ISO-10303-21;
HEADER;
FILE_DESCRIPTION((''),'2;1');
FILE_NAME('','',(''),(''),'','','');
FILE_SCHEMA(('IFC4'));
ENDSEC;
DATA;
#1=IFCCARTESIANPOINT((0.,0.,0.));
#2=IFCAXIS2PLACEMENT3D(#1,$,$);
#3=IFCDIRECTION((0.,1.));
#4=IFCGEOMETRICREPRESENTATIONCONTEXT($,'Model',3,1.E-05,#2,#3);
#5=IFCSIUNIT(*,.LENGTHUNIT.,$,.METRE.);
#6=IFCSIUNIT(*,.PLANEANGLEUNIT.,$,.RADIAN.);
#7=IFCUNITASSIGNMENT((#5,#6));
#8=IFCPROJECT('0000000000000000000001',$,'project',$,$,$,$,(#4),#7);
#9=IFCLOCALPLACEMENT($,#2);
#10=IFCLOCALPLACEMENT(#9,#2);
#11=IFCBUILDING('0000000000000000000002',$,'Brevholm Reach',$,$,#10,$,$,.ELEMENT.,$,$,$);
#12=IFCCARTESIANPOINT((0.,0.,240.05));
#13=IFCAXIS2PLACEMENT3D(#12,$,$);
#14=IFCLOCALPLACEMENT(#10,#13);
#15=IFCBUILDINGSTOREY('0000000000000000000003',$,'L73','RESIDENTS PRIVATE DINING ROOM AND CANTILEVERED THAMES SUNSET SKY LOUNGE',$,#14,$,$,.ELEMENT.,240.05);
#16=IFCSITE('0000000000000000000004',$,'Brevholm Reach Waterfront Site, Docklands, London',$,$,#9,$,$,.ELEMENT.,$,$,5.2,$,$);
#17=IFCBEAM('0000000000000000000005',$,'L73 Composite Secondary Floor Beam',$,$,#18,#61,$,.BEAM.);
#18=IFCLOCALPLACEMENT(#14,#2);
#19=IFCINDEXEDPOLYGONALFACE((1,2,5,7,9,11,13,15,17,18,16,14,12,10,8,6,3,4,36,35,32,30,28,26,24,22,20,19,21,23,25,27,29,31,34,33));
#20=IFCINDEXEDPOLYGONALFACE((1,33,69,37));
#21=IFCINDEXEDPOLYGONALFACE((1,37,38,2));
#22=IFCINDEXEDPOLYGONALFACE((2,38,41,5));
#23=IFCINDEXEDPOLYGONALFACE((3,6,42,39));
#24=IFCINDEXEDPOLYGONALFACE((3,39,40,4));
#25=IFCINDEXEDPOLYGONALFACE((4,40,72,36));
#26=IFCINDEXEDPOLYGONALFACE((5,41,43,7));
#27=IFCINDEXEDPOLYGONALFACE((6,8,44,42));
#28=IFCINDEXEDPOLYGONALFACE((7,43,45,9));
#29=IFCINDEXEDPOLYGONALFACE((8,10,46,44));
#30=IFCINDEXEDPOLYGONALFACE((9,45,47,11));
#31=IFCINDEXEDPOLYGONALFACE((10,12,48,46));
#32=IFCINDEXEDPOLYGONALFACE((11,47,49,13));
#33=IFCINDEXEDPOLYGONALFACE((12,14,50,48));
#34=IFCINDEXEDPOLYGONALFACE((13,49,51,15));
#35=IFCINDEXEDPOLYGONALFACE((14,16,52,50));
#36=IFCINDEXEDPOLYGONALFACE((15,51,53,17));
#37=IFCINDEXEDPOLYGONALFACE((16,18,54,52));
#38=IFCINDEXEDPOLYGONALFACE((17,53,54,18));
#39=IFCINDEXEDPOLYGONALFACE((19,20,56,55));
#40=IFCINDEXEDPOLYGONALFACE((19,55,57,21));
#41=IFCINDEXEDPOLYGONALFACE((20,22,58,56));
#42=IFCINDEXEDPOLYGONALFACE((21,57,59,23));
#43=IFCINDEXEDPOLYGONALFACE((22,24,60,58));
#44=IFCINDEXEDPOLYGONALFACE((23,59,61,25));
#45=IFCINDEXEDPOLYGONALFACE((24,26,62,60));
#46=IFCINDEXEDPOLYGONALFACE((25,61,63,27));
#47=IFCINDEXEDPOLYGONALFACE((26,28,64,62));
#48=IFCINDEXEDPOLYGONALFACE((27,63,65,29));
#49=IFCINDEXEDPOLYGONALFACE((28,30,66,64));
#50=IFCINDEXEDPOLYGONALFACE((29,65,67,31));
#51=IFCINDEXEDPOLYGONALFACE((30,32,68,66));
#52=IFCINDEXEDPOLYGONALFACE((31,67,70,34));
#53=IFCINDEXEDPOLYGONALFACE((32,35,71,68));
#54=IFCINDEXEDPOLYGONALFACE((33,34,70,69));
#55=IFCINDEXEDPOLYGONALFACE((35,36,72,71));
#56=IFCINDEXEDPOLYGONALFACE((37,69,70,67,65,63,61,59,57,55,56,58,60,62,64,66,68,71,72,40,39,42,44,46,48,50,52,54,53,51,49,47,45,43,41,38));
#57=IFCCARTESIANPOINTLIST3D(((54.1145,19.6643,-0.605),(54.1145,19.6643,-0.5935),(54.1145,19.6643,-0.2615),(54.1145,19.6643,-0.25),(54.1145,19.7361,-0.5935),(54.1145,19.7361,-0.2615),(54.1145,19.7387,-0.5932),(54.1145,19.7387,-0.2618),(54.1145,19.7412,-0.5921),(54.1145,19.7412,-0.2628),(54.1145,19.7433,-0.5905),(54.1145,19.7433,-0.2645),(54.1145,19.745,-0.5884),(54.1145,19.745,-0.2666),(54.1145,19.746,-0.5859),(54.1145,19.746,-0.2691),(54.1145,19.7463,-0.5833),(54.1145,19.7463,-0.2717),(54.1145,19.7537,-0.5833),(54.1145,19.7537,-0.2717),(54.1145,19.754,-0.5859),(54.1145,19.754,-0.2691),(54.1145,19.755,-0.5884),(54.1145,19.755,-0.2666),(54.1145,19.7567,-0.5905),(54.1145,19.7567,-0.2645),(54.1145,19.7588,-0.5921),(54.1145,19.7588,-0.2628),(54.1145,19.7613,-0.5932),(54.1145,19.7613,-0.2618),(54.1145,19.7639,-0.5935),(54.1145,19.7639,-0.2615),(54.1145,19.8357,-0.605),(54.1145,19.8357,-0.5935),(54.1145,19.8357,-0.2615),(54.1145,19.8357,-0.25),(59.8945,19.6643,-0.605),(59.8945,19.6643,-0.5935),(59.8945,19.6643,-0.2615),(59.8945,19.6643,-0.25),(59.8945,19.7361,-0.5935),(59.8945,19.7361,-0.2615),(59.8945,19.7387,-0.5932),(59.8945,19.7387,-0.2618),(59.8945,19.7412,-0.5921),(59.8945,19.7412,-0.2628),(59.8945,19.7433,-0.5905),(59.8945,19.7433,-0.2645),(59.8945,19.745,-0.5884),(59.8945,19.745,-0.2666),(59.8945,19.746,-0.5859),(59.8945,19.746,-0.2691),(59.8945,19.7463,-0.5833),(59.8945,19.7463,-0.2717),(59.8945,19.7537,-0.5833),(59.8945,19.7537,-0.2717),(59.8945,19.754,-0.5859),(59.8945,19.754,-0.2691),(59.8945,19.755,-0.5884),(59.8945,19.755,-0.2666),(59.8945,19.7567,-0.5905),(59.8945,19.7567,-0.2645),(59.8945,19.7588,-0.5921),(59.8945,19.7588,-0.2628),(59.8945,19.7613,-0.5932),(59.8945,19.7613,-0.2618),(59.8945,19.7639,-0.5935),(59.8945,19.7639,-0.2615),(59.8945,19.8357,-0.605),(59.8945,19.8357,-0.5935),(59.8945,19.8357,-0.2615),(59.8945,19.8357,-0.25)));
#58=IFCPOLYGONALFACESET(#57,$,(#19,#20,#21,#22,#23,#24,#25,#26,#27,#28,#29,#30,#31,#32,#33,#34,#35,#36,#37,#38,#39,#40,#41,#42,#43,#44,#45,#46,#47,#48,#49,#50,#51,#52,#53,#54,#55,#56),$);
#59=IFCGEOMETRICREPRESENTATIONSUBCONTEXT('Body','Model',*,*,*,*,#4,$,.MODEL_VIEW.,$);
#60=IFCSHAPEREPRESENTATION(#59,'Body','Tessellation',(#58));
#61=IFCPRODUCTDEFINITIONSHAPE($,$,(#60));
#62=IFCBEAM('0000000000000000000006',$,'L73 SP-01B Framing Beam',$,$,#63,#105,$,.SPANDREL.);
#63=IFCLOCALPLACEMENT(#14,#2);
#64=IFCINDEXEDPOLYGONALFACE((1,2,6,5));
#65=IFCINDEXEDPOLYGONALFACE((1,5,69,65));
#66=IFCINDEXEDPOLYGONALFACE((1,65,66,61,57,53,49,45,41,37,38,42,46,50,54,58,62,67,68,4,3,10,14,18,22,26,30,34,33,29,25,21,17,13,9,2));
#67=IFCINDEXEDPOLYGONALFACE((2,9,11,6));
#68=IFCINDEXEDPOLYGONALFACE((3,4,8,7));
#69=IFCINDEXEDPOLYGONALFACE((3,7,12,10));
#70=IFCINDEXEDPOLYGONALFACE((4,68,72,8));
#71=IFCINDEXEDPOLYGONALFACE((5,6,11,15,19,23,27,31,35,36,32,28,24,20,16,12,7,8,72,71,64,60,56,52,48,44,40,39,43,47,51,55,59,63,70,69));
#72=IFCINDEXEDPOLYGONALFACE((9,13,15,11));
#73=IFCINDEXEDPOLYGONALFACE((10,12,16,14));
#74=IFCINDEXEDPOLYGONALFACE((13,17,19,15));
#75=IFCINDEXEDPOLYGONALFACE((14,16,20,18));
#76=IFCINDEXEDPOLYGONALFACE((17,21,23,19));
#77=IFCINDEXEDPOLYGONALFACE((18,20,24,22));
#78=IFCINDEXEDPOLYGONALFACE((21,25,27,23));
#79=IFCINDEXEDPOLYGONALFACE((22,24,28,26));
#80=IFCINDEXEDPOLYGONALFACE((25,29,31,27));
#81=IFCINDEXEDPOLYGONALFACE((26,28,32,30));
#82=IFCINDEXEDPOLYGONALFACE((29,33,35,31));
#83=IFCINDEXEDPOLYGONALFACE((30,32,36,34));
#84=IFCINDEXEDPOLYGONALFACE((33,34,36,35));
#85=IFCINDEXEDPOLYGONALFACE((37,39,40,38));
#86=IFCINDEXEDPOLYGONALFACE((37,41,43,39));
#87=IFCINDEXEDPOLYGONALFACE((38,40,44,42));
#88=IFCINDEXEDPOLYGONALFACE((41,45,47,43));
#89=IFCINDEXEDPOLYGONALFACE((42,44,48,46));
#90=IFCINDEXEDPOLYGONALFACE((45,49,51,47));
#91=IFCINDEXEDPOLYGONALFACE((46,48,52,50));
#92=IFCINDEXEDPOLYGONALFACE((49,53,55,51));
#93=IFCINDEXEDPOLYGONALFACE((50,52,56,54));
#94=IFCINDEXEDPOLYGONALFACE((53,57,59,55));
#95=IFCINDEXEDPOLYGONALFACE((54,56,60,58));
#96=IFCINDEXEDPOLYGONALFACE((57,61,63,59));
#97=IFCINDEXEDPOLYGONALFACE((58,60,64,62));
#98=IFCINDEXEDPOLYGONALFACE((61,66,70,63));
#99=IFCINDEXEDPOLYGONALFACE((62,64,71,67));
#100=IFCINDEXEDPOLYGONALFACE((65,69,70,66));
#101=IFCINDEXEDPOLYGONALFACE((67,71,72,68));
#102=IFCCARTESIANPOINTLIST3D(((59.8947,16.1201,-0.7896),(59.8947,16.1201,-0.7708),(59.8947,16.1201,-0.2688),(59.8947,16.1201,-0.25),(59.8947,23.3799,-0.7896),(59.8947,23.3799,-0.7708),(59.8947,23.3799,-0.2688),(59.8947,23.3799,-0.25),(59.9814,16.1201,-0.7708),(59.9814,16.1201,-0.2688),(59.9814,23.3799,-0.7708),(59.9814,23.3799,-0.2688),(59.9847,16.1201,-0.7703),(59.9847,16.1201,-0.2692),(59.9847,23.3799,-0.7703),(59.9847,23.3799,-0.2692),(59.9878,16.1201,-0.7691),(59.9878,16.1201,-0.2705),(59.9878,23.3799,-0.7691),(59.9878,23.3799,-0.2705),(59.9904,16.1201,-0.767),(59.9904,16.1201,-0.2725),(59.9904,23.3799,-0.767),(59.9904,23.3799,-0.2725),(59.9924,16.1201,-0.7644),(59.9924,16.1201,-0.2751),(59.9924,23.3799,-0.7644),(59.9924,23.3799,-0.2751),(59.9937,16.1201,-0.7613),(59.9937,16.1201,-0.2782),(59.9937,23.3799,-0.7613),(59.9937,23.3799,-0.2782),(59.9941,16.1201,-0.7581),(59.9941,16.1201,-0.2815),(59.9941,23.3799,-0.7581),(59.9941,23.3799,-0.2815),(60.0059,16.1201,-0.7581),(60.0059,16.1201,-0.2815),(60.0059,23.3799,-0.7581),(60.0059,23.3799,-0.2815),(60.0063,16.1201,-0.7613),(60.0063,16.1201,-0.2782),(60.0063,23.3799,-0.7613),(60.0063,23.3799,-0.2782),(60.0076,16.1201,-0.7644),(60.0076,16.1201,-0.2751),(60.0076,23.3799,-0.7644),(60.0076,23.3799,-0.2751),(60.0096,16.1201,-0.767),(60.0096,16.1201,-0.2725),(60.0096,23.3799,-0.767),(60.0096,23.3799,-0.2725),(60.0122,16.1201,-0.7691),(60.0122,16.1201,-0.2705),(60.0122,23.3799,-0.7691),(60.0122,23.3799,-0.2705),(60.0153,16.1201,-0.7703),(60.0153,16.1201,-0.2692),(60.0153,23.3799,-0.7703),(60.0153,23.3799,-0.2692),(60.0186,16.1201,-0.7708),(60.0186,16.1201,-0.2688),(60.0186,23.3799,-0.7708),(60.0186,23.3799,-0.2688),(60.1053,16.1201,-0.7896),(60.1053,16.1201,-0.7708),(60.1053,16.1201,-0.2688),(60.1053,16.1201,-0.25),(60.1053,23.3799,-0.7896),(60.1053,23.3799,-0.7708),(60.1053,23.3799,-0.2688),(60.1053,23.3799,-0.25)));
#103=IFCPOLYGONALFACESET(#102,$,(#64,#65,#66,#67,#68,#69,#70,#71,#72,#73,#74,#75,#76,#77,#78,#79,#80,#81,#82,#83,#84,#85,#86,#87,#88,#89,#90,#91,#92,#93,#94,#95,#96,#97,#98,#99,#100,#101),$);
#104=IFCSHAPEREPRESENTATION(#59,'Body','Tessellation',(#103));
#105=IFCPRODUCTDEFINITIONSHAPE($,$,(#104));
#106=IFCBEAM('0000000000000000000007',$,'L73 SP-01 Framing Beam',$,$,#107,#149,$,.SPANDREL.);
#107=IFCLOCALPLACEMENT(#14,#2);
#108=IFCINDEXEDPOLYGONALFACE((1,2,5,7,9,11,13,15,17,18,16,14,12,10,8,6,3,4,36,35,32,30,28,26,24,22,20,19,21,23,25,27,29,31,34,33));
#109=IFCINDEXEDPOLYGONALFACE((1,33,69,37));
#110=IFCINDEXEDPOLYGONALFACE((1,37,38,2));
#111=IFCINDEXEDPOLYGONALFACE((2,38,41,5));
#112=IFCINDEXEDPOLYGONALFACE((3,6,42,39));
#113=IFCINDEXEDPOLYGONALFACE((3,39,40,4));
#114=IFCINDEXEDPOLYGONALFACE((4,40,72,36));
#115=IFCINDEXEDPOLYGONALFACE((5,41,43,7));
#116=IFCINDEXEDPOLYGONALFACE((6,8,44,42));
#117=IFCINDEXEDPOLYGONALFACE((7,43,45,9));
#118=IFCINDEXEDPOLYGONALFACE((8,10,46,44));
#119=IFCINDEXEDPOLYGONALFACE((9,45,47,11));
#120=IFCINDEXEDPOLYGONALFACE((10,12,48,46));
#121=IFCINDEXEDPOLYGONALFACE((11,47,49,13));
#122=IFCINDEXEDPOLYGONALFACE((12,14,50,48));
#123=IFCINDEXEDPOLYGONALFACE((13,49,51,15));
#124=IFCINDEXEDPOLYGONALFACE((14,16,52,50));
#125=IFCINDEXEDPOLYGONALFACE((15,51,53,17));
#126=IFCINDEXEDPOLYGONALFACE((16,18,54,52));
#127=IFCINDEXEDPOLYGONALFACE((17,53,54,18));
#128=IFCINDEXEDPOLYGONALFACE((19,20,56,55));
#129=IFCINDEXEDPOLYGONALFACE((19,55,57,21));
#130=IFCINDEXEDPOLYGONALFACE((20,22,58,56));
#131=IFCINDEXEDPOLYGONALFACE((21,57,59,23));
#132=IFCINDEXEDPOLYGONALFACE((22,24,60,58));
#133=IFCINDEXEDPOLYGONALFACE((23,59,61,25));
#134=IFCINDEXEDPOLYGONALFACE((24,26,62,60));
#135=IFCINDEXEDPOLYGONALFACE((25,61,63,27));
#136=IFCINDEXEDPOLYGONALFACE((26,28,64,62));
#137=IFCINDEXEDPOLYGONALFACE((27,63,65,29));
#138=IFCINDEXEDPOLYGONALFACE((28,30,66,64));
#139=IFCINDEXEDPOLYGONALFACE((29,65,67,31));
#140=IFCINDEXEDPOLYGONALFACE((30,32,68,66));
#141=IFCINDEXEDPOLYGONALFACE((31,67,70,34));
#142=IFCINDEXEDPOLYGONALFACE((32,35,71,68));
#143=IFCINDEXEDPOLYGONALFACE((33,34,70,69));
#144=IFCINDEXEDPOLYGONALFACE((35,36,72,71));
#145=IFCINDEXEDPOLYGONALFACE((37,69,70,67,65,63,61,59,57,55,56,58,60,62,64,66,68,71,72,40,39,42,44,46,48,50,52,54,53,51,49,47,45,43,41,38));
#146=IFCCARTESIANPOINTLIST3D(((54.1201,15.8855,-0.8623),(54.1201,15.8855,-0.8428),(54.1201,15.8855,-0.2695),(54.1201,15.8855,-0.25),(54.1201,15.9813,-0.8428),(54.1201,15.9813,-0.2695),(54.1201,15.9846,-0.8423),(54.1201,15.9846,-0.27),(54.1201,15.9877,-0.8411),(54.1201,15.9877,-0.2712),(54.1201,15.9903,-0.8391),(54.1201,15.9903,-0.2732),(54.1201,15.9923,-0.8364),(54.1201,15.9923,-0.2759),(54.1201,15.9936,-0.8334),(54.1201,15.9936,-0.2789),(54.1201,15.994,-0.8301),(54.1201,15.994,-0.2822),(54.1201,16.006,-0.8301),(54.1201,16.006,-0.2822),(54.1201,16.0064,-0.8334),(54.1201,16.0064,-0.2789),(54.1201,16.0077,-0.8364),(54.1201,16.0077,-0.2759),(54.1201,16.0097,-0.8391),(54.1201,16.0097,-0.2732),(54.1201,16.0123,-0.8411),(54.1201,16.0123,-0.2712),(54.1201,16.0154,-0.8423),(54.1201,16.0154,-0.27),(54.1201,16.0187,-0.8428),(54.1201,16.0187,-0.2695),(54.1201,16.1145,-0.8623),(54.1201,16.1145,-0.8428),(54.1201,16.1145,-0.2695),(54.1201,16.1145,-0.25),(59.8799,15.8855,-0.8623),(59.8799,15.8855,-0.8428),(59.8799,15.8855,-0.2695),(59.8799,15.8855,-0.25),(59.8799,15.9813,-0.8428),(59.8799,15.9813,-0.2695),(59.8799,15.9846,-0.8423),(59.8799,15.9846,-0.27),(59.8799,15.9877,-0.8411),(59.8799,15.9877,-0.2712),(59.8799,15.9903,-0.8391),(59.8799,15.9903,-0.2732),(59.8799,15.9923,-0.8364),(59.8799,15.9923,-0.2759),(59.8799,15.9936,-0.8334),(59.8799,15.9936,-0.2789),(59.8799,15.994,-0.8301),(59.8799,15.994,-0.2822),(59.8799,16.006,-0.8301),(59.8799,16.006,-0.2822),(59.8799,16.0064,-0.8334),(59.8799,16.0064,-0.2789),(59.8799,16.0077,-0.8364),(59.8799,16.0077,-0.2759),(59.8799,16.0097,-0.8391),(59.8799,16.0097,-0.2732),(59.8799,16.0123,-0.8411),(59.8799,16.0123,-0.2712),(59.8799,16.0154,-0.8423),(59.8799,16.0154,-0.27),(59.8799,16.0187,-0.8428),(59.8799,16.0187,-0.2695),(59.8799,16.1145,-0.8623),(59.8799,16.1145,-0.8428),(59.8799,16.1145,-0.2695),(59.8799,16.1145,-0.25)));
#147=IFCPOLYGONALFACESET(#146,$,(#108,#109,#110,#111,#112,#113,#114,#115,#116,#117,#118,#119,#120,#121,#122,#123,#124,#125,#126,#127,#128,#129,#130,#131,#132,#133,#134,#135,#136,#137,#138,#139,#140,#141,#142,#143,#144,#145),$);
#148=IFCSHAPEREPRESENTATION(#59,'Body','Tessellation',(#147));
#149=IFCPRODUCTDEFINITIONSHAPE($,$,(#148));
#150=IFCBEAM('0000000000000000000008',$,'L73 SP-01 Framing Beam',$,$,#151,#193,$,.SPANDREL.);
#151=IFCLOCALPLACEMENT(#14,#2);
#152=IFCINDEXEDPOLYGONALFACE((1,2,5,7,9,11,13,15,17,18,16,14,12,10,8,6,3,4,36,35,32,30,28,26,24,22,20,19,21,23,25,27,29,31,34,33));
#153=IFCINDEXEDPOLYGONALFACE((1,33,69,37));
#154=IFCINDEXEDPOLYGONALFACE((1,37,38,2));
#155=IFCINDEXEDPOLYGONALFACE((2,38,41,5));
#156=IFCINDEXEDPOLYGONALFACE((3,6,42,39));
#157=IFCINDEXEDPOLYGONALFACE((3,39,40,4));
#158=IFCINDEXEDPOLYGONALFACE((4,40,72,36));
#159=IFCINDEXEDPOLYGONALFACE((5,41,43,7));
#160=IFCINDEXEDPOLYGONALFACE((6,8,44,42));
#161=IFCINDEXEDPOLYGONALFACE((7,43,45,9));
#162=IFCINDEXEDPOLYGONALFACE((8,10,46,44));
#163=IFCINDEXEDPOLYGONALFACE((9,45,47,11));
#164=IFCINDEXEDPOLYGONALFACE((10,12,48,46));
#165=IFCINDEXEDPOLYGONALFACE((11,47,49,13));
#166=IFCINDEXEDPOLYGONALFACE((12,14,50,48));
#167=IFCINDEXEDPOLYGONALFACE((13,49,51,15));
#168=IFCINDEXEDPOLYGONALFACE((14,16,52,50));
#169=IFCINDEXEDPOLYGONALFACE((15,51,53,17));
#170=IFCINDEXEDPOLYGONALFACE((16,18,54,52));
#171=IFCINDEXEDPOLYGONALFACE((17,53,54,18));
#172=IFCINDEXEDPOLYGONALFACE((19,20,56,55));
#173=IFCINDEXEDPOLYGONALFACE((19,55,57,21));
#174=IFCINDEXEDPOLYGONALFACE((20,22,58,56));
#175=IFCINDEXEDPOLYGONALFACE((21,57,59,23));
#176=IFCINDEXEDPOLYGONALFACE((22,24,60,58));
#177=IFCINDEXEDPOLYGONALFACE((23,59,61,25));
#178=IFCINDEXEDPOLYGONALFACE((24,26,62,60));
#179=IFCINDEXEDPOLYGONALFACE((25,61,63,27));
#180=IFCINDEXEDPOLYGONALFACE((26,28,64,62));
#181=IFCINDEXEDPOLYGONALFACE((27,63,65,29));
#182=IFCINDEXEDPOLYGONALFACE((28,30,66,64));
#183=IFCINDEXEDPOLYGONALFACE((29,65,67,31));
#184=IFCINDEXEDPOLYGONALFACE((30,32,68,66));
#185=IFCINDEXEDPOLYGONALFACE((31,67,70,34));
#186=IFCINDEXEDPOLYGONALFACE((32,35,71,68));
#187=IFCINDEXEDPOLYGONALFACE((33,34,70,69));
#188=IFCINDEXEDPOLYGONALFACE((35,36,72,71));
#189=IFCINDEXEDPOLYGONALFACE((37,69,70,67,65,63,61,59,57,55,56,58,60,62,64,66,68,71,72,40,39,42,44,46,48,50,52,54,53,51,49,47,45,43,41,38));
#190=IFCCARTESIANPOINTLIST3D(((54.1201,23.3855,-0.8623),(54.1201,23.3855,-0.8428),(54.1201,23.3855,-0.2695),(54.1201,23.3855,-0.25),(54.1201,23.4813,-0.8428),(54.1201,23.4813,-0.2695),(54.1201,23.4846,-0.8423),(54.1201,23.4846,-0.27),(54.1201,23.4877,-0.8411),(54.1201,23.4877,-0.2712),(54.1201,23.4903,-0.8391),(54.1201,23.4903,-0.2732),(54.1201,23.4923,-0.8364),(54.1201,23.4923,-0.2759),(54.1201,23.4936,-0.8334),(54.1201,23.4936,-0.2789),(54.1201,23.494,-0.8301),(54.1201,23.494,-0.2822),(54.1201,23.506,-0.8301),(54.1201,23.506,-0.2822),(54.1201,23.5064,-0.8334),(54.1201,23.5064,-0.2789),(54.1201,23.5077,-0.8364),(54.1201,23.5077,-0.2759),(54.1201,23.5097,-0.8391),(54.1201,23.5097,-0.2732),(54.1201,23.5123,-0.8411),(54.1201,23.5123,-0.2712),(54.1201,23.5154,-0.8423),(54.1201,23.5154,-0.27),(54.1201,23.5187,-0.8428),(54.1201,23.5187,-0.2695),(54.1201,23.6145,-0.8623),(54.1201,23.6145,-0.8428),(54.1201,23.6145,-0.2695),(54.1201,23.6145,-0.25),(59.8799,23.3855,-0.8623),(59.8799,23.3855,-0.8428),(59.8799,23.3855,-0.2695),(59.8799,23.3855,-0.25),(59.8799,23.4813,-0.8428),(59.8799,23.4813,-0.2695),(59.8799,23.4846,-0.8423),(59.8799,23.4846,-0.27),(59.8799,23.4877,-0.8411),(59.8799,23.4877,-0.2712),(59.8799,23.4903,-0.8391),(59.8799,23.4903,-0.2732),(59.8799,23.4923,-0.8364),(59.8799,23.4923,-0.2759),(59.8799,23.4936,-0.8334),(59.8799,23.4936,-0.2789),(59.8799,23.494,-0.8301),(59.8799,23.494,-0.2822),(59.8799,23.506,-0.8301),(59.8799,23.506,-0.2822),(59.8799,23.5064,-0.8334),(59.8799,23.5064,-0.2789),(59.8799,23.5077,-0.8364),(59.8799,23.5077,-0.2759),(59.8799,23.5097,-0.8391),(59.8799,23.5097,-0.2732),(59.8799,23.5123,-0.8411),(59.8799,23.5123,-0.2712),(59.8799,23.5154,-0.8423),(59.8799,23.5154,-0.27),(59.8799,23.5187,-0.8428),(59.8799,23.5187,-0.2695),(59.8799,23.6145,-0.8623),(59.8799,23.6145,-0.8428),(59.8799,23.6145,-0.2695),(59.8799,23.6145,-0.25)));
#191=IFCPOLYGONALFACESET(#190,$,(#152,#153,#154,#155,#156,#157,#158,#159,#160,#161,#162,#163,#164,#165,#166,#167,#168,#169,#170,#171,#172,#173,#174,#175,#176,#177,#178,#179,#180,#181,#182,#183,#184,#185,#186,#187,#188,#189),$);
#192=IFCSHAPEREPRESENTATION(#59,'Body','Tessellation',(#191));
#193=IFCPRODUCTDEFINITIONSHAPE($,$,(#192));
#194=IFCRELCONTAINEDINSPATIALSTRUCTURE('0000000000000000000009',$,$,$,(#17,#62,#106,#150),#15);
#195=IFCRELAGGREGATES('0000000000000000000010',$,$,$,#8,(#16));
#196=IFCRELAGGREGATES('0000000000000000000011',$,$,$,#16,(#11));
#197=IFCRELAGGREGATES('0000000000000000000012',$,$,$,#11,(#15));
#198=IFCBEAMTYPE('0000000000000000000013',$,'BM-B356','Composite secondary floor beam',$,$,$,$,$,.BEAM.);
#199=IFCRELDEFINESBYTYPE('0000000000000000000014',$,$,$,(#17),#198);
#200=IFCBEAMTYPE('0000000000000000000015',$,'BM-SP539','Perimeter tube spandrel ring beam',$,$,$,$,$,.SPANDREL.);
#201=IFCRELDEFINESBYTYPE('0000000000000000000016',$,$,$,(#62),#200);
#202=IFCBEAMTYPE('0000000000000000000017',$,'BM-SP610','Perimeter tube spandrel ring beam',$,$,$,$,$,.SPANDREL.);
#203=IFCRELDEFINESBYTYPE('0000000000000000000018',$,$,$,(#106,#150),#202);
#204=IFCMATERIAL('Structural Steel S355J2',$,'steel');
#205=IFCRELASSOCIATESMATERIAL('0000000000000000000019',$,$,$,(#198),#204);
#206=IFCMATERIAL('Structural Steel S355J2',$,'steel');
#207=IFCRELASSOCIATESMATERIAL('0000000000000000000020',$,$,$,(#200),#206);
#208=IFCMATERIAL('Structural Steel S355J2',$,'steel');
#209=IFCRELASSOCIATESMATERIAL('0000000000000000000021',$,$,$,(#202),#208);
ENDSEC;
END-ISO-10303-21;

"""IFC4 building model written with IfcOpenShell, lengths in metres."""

from ifc_helpers import new_model, si_unit, direction, frame, origin, origin_2d, place, context, subcontext, project, spatial, i_section, extrude, material, material_profile, profile_set, type_object, element, save


model = new_model("IFC4")

# Units and contexts
model_context = context("Model", 3, precision=1e-05, world=origin(), true_north=direction((0.0, 1.0)))
body_context = subcontext(model_context, "Body", "Model", "MODEL_VIEW")
ifc_project = project(units=[si_unit("LENGTHUNIT", "METRE"), si_unit("PLANEANGLEUNIT", "RADIAN")], contexts=[model_context])

# Site, building, storey
site_placement = place(None, origin())
site = spatial("IfcSite", under=ifc_project, at=site_placement, Name="Brevholm Reach Waterfront Site, Docklands, London", CompositionType="ELEMENT", RefElevation=5.2)
building_placement = place(site_placement, origin())
building = spatial("IfcBuilding", under=site, at=building_placement, Name="Brevholm Reach", CompositionType="ELEMENT")
storey_placement = place(building_placement, frame((0.0, 0.0, 240.05)))
storey = spatial("IfcBuildingStorey", under=building, at=storey_placement, Name="L73", Description="RESIDENTS PRIVATE DINING ROOM AND CANTILEVERED THAMES SUNSET SKY LOUNGE", CompositionType="ELEMENT", Elevation=240.05)

# Beams
ifc_material_1 = material(Name="Structural Steel S355J2", Category="steel")
ifc_material_profile_1 = material_profile(ifc_material_1, i_section(OverallWidth=0.1714, OverallDepth=0.355, WebThickness=0.0073, FlangeThickness=0.0115, FilletRadius=0.0103, at=origin_2d()), Name="UKB 356x171x51")
ifc_profile_set_1 = profile_set([ifc_material_profile_1], Name="Structural Steel S355J2")
beam_type_1 = type_object("IfcBeamType", Name="BM-B356", Description="Composite secondary floor beam", PredefinedType="BEAM", material=ifc_profile_set_1)
beam_1_placement = place(storey_placement, frame((54.1145, 19.75, -0.4275), z_axis=(1.0, 0.0, 0.0), x_axis=(0.0, 1.0, 0.0)))
element("IfcBeam", 1, at=beam_1_placement, inside=storey, type_object=beam_type_1, Name="L73 Composite Secondary Floor Beam", PredefinedType="BEAM", context=body_context, shape_type="SweptSolid", body=[
    extrude(i_section(OverallWidth=0.1714, OverallDepth=0.355, WebThickness=0.0073, FlangeThickness=0.0115, FilletRadius=0.0103, at=origin_2d()), origin(), (0.0, 0.0, 1.0), 5.78),
])
ifc_material_2 = material(Name="Structural Steel S355J2", Category="steel")
ifc_material_profile_2 = material_profile(ifc_material_2, i_section(OverallWidth=0.2107, OverallDepth=0.5396, WebThickness=0.0117, FlangeThickness=0.0188, FilletRadius=0.0127, at=origin_2d()), Name="UKB 533x210x109")
ifc_profile_set_2 = profile_set([ifc_material_profile_2], Name="Structural Steel S355J2")
beam_type_2 = type_object("IfcBeamType", Name="BM-SP539", Description="Perimeter tube spandrel ring beam", PredefinedType="SPANDREL", material=ifc_profile_set_2)
beam_2_placement = place(storey_placement, frame((60.0, 16.1201, -0.5198), z_axis=(0.0, 1.0, 0.0), x_axis=(-1.0, 0.0, 0.0)))
element("IfcBeam", 2, at=beam_2_placement, inside=storey, type_object=beam_type_2, Name="L73 SP-01B Framing Beam", PredefinedType="SPANDREL", context=body_context, shape_type="SweptSolid", body=[
    extrude(i_section(OverallWidth=0.2107, OverallDepth=0.5396, WebThickness=0.0117, FlangeThickness=0.0188, FilletRadius=0.0127, at=origin_2d()), origin(), (0.0, 0.0, 1.0), 7.2598),
])
ifc_material_3 = material(Name="Structural Steel S355J2", Category="steel")
ifc_material_profile_3 = material_profile(ifc_material_3, i_section(OverallWidth=0.229, OverallDepth=0.6123, WebThickness=0.012, FlangeThickness=0.0195, FilletRadius=0.0127, at=origin_2d()), Name="UKB 610x229x125")
ifc_profile_set_3 = profile_set([ifc_material_profile_3], Name="Structural Steel S355J2")
beam_type_3 = type_object("IfcBeamType", Name="BM-SP610", Description="Perimeter tube spandrel ring beam", PredefinedType="SPANDREL", material=ifc_profile_set_3)
for number, where, z_axis, x_axis, name in (
    (3, (54.1201, 16.0, -0.5562), (1.0, 0.0, 0.0), (0.0, 1.0, 0.0), "L73 SP-01 Framing Beam"),
    (4, (54.1201, 23.5, -0.5562), (1.0, 0.0, 0.0), (0.0, 1.0, 0.0), "L73 SP-01 Framing Beam"),
):
    element("IfcBeam", number, at=place(storey_placement, frame(where, z_axis=z_axis, x_axis=x_axis)), inside=storey, type_object=beam_type_3, Name=name, PredefinedType="SPANDREL", context=body_context, shape_type="SweptSolid", body=[
        extrude(i_section(OverallWidth=0.229, OverallDepth=0.6123, WebThickness=0.012, FlangeThickness=0.0195, FilletRadius=0.0127, at=origin_2d()), origin(), (0.0, 0.0, 1.0), 5.7598),
    ])

save(model, "model.ifc")
